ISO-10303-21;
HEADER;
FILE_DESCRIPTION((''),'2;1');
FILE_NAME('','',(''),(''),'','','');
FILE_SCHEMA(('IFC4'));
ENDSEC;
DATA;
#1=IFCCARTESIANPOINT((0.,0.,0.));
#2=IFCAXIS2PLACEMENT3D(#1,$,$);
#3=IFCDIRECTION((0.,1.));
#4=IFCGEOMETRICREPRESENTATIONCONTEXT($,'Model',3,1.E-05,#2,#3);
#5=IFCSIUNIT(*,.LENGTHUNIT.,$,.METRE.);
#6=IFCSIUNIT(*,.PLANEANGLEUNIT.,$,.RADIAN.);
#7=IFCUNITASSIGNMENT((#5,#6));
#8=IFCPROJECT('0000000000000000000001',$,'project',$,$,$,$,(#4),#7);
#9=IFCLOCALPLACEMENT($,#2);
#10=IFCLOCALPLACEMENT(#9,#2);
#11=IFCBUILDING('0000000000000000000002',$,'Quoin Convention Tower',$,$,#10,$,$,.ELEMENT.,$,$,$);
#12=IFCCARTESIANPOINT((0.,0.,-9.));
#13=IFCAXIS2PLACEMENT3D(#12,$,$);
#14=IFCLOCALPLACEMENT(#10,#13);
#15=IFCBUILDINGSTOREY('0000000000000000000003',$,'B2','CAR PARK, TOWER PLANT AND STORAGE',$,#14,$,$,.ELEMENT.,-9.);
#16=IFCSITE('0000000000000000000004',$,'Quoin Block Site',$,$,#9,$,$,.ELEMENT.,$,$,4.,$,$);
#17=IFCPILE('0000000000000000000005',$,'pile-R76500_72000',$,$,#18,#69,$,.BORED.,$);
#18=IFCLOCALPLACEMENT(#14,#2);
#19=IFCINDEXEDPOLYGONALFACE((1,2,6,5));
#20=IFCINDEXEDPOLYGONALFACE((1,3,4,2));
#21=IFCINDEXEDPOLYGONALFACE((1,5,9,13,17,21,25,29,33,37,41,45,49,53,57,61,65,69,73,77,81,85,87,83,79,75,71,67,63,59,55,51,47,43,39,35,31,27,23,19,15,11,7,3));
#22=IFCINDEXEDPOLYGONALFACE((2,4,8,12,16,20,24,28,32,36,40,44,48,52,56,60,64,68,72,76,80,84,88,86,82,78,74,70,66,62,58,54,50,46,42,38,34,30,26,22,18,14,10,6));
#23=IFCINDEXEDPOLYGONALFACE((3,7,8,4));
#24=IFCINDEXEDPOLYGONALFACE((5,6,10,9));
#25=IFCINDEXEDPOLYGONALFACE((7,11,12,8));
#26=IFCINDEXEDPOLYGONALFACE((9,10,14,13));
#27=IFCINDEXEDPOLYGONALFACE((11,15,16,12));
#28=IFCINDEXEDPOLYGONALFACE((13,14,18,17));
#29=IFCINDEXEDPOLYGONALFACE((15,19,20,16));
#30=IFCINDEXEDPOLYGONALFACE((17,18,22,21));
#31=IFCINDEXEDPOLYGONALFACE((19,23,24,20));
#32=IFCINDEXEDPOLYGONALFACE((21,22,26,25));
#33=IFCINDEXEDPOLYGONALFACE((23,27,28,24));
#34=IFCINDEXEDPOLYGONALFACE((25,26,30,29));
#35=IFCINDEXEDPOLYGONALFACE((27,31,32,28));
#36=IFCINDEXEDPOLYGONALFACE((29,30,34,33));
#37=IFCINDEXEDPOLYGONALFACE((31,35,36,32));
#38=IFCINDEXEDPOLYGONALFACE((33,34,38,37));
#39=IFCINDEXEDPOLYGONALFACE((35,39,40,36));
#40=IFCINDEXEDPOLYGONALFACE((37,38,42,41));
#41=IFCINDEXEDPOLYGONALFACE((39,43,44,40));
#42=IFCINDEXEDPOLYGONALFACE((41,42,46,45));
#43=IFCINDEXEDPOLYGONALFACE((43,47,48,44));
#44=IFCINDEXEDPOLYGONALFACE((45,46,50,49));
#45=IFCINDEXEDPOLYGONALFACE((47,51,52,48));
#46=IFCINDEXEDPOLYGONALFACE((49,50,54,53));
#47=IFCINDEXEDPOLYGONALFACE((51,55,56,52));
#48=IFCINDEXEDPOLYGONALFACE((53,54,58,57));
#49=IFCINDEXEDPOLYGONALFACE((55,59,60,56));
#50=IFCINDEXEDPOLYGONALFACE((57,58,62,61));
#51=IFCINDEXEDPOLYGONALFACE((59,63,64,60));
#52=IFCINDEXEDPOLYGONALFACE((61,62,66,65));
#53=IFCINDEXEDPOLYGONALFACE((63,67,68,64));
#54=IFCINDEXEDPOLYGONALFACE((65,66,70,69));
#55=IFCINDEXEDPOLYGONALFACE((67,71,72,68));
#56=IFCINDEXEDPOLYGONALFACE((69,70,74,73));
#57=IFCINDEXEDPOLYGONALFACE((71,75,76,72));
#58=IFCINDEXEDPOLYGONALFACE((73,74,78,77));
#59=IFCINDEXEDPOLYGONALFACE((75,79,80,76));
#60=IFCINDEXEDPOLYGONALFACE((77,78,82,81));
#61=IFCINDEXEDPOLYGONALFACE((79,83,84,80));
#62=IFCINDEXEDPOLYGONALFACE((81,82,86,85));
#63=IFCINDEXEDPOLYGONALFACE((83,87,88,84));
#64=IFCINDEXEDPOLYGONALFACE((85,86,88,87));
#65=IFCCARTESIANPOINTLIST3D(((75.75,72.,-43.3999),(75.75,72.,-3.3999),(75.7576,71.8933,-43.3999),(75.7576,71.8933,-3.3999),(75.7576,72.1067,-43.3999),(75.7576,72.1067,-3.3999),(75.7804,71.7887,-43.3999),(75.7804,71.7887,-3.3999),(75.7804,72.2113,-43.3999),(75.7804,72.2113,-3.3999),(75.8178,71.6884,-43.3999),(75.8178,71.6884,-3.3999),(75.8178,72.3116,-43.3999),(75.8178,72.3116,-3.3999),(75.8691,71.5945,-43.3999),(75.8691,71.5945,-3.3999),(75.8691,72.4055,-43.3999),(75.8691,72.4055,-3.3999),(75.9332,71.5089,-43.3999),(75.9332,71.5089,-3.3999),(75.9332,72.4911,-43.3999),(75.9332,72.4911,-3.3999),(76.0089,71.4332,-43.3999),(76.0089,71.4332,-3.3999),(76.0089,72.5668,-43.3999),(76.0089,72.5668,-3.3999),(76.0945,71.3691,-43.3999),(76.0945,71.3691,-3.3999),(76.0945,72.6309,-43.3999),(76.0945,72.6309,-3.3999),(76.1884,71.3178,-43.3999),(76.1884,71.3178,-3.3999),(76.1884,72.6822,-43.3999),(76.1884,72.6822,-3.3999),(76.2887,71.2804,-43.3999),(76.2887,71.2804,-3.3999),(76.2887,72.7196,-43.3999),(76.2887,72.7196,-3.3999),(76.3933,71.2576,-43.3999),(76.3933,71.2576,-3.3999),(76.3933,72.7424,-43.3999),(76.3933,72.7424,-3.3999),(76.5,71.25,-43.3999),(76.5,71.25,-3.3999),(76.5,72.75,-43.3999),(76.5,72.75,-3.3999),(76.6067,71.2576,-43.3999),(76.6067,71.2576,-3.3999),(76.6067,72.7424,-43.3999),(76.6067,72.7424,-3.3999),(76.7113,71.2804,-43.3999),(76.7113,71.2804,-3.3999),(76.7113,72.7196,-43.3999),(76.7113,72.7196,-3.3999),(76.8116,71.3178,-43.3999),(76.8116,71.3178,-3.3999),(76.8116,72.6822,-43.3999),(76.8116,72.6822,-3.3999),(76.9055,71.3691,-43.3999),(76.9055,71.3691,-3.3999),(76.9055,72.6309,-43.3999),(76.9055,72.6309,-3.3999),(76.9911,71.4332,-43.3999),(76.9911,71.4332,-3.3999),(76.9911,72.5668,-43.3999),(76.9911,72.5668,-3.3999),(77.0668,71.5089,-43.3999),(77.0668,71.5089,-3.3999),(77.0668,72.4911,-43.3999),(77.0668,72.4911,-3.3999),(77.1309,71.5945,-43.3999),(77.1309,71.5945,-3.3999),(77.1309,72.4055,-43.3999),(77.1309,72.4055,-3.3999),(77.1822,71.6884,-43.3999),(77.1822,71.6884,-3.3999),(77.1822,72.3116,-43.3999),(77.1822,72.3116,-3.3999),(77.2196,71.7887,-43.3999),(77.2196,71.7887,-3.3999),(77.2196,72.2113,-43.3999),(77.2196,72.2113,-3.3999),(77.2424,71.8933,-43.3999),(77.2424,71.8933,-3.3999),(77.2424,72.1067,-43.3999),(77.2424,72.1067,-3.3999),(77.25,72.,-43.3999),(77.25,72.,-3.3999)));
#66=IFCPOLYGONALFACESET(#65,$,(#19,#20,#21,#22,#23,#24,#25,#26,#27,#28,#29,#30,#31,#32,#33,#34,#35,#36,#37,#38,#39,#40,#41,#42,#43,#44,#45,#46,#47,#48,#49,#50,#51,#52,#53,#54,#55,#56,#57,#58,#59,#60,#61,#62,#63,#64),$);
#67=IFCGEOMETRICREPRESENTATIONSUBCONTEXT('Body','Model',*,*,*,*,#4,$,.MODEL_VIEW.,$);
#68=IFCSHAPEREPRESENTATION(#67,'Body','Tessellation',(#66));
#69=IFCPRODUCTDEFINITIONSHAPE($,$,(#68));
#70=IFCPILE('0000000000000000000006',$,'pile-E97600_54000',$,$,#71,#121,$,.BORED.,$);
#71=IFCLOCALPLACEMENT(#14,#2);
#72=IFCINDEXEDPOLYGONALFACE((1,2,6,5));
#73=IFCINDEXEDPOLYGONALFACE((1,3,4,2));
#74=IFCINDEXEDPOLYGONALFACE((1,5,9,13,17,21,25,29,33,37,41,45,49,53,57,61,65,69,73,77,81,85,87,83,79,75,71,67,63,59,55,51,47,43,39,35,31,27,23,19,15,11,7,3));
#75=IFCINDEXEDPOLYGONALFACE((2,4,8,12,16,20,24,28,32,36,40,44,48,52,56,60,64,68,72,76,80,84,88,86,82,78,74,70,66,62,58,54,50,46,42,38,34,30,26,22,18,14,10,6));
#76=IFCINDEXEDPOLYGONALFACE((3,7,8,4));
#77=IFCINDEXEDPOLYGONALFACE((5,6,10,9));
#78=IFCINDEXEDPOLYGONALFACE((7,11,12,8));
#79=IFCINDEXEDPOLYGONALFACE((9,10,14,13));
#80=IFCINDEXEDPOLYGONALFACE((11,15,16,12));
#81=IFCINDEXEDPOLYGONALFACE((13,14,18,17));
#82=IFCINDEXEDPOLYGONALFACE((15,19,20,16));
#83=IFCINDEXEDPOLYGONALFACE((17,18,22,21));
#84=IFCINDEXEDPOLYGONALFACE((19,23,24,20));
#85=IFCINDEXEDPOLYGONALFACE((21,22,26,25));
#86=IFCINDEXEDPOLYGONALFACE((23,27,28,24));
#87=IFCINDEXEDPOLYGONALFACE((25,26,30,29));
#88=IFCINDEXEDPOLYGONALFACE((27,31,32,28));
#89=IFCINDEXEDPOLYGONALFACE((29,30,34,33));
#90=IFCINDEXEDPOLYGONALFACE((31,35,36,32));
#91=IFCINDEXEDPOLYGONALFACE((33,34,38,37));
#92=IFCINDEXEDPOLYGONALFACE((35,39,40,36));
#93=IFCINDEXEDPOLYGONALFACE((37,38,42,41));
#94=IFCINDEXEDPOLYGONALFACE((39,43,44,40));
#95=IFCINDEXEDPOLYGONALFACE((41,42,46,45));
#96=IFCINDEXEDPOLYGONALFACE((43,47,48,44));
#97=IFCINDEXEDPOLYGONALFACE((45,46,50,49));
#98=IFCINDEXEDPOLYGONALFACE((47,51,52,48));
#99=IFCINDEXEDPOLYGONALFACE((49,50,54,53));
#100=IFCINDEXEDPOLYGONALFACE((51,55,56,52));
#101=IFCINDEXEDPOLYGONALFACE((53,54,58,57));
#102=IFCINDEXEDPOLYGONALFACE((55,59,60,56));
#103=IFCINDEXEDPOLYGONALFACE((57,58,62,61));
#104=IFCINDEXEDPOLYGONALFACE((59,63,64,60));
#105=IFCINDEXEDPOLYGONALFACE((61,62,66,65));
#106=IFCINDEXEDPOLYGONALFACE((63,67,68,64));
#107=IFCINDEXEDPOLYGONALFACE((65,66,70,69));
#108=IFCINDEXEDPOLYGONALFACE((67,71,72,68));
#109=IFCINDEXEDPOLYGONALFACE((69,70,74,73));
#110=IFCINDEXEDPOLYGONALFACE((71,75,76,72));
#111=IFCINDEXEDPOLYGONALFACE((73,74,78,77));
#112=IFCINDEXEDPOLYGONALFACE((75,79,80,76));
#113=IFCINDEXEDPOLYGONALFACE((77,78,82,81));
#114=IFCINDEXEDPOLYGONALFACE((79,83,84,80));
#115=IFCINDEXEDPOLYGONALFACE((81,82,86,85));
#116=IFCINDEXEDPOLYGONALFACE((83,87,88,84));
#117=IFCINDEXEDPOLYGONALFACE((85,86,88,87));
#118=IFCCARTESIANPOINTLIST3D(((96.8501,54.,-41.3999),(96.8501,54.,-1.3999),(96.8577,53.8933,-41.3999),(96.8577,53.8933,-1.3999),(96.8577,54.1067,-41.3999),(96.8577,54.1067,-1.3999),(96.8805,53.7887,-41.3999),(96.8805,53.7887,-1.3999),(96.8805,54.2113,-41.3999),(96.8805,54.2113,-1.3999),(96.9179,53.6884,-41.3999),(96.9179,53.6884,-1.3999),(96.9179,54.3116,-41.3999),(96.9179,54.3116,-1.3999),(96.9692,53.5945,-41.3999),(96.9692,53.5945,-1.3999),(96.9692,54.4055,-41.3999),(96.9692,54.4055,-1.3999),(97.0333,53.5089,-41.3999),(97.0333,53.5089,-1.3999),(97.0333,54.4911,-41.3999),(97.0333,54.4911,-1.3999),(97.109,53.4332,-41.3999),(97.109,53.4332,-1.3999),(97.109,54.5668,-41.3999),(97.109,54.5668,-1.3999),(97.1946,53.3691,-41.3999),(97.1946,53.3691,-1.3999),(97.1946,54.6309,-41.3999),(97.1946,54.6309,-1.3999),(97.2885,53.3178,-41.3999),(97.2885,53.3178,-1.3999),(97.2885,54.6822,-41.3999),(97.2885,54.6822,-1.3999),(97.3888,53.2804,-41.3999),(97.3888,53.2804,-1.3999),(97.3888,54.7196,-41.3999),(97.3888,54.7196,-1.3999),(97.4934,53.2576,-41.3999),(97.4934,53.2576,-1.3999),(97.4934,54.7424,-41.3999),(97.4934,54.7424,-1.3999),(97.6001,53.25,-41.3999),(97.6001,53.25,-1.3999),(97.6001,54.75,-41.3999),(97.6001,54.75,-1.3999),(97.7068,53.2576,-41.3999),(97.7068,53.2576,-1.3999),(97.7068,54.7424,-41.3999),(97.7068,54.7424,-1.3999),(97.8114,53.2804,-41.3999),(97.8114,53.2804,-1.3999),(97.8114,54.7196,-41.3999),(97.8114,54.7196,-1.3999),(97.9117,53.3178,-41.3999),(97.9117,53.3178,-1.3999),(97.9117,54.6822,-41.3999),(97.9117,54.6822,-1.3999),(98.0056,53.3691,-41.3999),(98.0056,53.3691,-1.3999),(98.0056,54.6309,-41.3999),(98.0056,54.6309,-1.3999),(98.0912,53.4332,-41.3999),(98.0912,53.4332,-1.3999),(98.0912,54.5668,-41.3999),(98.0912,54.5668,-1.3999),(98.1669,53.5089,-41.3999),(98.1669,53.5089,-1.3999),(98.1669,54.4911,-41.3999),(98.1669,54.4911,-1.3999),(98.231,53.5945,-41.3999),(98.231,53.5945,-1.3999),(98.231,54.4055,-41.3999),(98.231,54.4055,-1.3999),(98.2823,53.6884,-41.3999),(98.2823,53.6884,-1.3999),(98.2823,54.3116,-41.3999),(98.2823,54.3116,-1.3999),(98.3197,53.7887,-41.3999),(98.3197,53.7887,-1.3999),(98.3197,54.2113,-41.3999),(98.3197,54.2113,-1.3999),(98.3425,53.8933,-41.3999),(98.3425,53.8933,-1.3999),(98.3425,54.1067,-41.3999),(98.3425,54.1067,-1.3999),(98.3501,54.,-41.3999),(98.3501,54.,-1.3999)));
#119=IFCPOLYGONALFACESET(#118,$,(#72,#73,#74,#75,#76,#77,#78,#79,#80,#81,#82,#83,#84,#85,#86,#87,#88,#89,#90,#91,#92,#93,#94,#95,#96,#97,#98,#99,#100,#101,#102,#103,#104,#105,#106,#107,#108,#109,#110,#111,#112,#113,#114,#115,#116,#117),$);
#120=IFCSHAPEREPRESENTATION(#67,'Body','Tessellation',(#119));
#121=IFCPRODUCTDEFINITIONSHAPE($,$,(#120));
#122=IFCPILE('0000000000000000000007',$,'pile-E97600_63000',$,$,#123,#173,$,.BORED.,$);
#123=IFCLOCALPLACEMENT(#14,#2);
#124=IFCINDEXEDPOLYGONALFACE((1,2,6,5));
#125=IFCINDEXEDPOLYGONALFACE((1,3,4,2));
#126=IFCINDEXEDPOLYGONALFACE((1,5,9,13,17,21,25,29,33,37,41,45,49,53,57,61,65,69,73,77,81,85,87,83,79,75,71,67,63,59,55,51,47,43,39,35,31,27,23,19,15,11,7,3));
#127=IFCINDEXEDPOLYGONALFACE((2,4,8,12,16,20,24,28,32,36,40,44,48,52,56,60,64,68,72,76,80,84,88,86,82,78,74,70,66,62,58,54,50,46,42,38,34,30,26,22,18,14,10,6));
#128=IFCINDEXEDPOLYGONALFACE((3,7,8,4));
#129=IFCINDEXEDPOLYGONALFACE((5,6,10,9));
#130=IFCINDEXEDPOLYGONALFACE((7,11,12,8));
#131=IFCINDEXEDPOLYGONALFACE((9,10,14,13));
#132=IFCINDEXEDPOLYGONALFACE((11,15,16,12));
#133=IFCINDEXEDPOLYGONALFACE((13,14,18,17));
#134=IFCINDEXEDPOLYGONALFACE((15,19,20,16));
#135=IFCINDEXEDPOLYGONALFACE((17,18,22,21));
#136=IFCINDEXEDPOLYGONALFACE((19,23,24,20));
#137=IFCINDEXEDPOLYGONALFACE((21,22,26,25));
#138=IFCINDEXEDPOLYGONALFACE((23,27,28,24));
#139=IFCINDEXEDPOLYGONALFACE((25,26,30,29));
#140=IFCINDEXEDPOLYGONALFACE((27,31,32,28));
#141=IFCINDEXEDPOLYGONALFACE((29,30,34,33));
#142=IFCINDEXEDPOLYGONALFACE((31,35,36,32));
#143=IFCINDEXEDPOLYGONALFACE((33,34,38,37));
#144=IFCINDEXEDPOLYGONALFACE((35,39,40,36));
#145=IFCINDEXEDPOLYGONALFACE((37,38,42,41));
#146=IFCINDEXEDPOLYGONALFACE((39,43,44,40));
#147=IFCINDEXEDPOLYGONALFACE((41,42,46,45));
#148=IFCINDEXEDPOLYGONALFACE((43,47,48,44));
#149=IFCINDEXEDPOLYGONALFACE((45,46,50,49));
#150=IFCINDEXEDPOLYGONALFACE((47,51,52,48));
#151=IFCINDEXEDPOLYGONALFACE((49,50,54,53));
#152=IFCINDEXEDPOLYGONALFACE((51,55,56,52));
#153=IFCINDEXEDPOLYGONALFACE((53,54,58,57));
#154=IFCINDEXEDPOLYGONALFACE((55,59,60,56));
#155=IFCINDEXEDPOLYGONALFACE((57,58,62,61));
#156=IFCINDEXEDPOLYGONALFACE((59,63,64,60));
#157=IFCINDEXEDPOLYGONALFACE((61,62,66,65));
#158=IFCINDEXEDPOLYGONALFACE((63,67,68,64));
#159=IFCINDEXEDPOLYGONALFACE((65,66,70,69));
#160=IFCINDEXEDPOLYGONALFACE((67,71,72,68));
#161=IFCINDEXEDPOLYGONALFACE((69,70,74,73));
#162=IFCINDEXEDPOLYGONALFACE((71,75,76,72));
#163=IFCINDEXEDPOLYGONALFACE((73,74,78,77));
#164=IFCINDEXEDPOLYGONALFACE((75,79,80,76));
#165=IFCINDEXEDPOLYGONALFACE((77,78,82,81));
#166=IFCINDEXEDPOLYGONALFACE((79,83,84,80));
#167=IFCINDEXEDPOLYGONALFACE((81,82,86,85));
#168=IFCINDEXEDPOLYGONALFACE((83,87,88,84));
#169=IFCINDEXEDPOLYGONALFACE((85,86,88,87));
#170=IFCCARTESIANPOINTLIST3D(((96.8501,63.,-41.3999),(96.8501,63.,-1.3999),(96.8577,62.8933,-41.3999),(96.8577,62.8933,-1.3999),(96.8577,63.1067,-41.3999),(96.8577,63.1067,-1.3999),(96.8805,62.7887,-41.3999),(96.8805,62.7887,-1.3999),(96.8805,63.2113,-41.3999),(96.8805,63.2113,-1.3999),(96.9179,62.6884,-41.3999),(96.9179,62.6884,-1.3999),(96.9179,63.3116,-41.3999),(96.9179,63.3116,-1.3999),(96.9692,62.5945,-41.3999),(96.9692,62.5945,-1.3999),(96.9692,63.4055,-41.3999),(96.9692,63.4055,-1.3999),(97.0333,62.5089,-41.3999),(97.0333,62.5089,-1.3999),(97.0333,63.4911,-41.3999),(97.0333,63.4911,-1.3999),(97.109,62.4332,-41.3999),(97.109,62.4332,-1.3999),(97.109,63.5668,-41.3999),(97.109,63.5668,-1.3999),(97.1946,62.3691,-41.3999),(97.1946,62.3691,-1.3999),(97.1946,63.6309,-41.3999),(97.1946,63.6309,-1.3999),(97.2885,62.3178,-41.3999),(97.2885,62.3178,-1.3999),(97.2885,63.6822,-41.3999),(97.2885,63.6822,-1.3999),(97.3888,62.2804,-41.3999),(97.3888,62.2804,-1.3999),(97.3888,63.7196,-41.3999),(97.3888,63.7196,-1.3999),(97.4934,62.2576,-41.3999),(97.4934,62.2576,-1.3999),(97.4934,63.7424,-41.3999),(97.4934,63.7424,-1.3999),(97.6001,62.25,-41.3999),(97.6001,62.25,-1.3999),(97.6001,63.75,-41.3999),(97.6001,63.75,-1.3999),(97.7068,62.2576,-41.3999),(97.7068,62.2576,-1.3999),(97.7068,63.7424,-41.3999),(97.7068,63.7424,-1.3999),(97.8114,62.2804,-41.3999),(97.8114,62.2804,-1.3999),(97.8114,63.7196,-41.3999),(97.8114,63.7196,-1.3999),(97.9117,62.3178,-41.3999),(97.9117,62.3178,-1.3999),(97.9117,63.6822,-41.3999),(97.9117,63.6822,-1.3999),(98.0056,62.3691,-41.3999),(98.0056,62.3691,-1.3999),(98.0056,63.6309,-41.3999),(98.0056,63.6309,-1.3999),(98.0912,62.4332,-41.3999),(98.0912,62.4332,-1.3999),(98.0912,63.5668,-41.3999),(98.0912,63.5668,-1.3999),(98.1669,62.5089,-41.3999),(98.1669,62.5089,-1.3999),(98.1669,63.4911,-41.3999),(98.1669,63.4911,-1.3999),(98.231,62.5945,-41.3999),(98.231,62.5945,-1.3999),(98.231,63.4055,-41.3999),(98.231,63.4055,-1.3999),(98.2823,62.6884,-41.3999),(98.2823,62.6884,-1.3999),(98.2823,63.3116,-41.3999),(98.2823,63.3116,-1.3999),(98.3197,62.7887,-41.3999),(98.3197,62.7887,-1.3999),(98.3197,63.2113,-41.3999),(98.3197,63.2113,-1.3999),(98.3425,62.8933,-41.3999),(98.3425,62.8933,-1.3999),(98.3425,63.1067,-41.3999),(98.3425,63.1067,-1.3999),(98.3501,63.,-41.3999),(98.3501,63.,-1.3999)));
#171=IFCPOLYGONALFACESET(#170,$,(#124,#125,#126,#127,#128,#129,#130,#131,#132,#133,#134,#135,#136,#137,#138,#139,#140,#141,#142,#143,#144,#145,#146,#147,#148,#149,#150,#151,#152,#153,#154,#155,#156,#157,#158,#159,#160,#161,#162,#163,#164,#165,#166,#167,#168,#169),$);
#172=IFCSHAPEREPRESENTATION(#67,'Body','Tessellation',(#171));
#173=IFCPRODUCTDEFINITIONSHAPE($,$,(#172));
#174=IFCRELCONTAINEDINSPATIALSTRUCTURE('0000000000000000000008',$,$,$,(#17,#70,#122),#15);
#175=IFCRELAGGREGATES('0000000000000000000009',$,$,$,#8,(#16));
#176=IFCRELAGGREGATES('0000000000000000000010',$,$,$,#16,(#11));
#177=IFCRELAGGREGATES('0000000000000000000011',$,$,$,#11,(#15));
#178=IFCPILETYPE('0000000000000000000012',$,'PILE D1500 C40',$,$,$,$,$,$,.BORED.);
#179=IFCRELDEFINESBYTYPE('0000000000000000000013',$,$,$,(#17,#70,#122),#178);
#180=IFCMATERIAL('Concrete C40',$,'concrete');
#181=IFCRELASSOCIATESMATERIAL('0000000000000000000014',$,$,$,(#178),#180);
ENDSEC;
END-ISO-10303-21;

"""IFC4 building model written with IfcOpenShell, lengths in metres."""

from ifc_helpers import new_model, si_unit, direction, frame, origin, origin_2d, place, context, subcontext, project, spatial, circle, extrude, material, material_profile, profile_set, type_object, element, save


model = new_model("IFC4")

# Units and contexts
model_context = context("Model", 3, precision=1e-05, world=origin(), true_north=direction((0.0, 1.0)))
body_context = subcontext(model_context, "Body", "Model", "MODEL_VIEW")
ifc_project = project(units=[si_unit("LENGTHUNIT", "METRE"), si_unit("PLANEANGLEUNIT", "RADIAN")], contexts=[model_context])

# Site, building, storey
site_placement = place(None, origin())
site = spatial("IfcSite", under=ifc_project, at=site_placement, Name="Quoin Block Site", CompositionType="ELEMENT", RefElevation=4.0)
building_placement = place(site_placement, origin())
building = spatial("IfcBuilding", under=site, at=building_placement, Name="Quoin Convention Tower", CompositionType="ELEMENT")
storey_placement = place(building_placement, frame((0.0, 0.0, -9.0)))
storey = spatial("IfcBuildingStorey", under=building, at=storey_placement, Name="B2", Description="CAR PARK, TOWER PLANT AND STORAGE", CompositionType="ELEMENT", Elevation=-9.0)

# Piles
ifc_material_1 = material(Name="Concrete C40", Category="concrete")
ifc_material_profile_1 = material_profile(ifc_material_1, circle(Radius=0.75, at=origin_2d()), Name="D1500")
ifc_profile_set_1 = profile_set([ifc_material_profile_1], Name="Concrete C40")
pile_type = type_object("IfcPileType", Name="PILE D1500 C40", PredefinedType="BORED", material=ifc_profile_set_1)
for number, where, z_axis, x_axis, name in (
    (1, (76.5, 72.0, -3.3999), (0.0, 0.0, -1.0), (1.0, 0.0, 0.0), "pile-R76500_72000"),
    (2, (97.6001, 54.0, -1.3999), (0.0, 0.0, -1.0), (1.0, 0.0, 0.0), "pile-E97600_54000"),
    (3, (97.6001, 63.0, -1.3999), (0.0, 0.0, -1.0), (1.0, 0.0, 0.0), "pile-E97600_63000"),
):
    element("IfcPile", number, at=place(storey_placement, frame(where, z_axis=z_axis, x_axis=x_axis)), inside=storey, type_object=pile_type, Name=name, PredefinedType="BORED", context=body_context, shape_type="SweptSolid", body=[
        extrude(circle(Radius=0.75, at=origin_2d()), origin(), (0.0, 0.0, 1.0), 40.0),
    ])

save(model, "model.ifc")
